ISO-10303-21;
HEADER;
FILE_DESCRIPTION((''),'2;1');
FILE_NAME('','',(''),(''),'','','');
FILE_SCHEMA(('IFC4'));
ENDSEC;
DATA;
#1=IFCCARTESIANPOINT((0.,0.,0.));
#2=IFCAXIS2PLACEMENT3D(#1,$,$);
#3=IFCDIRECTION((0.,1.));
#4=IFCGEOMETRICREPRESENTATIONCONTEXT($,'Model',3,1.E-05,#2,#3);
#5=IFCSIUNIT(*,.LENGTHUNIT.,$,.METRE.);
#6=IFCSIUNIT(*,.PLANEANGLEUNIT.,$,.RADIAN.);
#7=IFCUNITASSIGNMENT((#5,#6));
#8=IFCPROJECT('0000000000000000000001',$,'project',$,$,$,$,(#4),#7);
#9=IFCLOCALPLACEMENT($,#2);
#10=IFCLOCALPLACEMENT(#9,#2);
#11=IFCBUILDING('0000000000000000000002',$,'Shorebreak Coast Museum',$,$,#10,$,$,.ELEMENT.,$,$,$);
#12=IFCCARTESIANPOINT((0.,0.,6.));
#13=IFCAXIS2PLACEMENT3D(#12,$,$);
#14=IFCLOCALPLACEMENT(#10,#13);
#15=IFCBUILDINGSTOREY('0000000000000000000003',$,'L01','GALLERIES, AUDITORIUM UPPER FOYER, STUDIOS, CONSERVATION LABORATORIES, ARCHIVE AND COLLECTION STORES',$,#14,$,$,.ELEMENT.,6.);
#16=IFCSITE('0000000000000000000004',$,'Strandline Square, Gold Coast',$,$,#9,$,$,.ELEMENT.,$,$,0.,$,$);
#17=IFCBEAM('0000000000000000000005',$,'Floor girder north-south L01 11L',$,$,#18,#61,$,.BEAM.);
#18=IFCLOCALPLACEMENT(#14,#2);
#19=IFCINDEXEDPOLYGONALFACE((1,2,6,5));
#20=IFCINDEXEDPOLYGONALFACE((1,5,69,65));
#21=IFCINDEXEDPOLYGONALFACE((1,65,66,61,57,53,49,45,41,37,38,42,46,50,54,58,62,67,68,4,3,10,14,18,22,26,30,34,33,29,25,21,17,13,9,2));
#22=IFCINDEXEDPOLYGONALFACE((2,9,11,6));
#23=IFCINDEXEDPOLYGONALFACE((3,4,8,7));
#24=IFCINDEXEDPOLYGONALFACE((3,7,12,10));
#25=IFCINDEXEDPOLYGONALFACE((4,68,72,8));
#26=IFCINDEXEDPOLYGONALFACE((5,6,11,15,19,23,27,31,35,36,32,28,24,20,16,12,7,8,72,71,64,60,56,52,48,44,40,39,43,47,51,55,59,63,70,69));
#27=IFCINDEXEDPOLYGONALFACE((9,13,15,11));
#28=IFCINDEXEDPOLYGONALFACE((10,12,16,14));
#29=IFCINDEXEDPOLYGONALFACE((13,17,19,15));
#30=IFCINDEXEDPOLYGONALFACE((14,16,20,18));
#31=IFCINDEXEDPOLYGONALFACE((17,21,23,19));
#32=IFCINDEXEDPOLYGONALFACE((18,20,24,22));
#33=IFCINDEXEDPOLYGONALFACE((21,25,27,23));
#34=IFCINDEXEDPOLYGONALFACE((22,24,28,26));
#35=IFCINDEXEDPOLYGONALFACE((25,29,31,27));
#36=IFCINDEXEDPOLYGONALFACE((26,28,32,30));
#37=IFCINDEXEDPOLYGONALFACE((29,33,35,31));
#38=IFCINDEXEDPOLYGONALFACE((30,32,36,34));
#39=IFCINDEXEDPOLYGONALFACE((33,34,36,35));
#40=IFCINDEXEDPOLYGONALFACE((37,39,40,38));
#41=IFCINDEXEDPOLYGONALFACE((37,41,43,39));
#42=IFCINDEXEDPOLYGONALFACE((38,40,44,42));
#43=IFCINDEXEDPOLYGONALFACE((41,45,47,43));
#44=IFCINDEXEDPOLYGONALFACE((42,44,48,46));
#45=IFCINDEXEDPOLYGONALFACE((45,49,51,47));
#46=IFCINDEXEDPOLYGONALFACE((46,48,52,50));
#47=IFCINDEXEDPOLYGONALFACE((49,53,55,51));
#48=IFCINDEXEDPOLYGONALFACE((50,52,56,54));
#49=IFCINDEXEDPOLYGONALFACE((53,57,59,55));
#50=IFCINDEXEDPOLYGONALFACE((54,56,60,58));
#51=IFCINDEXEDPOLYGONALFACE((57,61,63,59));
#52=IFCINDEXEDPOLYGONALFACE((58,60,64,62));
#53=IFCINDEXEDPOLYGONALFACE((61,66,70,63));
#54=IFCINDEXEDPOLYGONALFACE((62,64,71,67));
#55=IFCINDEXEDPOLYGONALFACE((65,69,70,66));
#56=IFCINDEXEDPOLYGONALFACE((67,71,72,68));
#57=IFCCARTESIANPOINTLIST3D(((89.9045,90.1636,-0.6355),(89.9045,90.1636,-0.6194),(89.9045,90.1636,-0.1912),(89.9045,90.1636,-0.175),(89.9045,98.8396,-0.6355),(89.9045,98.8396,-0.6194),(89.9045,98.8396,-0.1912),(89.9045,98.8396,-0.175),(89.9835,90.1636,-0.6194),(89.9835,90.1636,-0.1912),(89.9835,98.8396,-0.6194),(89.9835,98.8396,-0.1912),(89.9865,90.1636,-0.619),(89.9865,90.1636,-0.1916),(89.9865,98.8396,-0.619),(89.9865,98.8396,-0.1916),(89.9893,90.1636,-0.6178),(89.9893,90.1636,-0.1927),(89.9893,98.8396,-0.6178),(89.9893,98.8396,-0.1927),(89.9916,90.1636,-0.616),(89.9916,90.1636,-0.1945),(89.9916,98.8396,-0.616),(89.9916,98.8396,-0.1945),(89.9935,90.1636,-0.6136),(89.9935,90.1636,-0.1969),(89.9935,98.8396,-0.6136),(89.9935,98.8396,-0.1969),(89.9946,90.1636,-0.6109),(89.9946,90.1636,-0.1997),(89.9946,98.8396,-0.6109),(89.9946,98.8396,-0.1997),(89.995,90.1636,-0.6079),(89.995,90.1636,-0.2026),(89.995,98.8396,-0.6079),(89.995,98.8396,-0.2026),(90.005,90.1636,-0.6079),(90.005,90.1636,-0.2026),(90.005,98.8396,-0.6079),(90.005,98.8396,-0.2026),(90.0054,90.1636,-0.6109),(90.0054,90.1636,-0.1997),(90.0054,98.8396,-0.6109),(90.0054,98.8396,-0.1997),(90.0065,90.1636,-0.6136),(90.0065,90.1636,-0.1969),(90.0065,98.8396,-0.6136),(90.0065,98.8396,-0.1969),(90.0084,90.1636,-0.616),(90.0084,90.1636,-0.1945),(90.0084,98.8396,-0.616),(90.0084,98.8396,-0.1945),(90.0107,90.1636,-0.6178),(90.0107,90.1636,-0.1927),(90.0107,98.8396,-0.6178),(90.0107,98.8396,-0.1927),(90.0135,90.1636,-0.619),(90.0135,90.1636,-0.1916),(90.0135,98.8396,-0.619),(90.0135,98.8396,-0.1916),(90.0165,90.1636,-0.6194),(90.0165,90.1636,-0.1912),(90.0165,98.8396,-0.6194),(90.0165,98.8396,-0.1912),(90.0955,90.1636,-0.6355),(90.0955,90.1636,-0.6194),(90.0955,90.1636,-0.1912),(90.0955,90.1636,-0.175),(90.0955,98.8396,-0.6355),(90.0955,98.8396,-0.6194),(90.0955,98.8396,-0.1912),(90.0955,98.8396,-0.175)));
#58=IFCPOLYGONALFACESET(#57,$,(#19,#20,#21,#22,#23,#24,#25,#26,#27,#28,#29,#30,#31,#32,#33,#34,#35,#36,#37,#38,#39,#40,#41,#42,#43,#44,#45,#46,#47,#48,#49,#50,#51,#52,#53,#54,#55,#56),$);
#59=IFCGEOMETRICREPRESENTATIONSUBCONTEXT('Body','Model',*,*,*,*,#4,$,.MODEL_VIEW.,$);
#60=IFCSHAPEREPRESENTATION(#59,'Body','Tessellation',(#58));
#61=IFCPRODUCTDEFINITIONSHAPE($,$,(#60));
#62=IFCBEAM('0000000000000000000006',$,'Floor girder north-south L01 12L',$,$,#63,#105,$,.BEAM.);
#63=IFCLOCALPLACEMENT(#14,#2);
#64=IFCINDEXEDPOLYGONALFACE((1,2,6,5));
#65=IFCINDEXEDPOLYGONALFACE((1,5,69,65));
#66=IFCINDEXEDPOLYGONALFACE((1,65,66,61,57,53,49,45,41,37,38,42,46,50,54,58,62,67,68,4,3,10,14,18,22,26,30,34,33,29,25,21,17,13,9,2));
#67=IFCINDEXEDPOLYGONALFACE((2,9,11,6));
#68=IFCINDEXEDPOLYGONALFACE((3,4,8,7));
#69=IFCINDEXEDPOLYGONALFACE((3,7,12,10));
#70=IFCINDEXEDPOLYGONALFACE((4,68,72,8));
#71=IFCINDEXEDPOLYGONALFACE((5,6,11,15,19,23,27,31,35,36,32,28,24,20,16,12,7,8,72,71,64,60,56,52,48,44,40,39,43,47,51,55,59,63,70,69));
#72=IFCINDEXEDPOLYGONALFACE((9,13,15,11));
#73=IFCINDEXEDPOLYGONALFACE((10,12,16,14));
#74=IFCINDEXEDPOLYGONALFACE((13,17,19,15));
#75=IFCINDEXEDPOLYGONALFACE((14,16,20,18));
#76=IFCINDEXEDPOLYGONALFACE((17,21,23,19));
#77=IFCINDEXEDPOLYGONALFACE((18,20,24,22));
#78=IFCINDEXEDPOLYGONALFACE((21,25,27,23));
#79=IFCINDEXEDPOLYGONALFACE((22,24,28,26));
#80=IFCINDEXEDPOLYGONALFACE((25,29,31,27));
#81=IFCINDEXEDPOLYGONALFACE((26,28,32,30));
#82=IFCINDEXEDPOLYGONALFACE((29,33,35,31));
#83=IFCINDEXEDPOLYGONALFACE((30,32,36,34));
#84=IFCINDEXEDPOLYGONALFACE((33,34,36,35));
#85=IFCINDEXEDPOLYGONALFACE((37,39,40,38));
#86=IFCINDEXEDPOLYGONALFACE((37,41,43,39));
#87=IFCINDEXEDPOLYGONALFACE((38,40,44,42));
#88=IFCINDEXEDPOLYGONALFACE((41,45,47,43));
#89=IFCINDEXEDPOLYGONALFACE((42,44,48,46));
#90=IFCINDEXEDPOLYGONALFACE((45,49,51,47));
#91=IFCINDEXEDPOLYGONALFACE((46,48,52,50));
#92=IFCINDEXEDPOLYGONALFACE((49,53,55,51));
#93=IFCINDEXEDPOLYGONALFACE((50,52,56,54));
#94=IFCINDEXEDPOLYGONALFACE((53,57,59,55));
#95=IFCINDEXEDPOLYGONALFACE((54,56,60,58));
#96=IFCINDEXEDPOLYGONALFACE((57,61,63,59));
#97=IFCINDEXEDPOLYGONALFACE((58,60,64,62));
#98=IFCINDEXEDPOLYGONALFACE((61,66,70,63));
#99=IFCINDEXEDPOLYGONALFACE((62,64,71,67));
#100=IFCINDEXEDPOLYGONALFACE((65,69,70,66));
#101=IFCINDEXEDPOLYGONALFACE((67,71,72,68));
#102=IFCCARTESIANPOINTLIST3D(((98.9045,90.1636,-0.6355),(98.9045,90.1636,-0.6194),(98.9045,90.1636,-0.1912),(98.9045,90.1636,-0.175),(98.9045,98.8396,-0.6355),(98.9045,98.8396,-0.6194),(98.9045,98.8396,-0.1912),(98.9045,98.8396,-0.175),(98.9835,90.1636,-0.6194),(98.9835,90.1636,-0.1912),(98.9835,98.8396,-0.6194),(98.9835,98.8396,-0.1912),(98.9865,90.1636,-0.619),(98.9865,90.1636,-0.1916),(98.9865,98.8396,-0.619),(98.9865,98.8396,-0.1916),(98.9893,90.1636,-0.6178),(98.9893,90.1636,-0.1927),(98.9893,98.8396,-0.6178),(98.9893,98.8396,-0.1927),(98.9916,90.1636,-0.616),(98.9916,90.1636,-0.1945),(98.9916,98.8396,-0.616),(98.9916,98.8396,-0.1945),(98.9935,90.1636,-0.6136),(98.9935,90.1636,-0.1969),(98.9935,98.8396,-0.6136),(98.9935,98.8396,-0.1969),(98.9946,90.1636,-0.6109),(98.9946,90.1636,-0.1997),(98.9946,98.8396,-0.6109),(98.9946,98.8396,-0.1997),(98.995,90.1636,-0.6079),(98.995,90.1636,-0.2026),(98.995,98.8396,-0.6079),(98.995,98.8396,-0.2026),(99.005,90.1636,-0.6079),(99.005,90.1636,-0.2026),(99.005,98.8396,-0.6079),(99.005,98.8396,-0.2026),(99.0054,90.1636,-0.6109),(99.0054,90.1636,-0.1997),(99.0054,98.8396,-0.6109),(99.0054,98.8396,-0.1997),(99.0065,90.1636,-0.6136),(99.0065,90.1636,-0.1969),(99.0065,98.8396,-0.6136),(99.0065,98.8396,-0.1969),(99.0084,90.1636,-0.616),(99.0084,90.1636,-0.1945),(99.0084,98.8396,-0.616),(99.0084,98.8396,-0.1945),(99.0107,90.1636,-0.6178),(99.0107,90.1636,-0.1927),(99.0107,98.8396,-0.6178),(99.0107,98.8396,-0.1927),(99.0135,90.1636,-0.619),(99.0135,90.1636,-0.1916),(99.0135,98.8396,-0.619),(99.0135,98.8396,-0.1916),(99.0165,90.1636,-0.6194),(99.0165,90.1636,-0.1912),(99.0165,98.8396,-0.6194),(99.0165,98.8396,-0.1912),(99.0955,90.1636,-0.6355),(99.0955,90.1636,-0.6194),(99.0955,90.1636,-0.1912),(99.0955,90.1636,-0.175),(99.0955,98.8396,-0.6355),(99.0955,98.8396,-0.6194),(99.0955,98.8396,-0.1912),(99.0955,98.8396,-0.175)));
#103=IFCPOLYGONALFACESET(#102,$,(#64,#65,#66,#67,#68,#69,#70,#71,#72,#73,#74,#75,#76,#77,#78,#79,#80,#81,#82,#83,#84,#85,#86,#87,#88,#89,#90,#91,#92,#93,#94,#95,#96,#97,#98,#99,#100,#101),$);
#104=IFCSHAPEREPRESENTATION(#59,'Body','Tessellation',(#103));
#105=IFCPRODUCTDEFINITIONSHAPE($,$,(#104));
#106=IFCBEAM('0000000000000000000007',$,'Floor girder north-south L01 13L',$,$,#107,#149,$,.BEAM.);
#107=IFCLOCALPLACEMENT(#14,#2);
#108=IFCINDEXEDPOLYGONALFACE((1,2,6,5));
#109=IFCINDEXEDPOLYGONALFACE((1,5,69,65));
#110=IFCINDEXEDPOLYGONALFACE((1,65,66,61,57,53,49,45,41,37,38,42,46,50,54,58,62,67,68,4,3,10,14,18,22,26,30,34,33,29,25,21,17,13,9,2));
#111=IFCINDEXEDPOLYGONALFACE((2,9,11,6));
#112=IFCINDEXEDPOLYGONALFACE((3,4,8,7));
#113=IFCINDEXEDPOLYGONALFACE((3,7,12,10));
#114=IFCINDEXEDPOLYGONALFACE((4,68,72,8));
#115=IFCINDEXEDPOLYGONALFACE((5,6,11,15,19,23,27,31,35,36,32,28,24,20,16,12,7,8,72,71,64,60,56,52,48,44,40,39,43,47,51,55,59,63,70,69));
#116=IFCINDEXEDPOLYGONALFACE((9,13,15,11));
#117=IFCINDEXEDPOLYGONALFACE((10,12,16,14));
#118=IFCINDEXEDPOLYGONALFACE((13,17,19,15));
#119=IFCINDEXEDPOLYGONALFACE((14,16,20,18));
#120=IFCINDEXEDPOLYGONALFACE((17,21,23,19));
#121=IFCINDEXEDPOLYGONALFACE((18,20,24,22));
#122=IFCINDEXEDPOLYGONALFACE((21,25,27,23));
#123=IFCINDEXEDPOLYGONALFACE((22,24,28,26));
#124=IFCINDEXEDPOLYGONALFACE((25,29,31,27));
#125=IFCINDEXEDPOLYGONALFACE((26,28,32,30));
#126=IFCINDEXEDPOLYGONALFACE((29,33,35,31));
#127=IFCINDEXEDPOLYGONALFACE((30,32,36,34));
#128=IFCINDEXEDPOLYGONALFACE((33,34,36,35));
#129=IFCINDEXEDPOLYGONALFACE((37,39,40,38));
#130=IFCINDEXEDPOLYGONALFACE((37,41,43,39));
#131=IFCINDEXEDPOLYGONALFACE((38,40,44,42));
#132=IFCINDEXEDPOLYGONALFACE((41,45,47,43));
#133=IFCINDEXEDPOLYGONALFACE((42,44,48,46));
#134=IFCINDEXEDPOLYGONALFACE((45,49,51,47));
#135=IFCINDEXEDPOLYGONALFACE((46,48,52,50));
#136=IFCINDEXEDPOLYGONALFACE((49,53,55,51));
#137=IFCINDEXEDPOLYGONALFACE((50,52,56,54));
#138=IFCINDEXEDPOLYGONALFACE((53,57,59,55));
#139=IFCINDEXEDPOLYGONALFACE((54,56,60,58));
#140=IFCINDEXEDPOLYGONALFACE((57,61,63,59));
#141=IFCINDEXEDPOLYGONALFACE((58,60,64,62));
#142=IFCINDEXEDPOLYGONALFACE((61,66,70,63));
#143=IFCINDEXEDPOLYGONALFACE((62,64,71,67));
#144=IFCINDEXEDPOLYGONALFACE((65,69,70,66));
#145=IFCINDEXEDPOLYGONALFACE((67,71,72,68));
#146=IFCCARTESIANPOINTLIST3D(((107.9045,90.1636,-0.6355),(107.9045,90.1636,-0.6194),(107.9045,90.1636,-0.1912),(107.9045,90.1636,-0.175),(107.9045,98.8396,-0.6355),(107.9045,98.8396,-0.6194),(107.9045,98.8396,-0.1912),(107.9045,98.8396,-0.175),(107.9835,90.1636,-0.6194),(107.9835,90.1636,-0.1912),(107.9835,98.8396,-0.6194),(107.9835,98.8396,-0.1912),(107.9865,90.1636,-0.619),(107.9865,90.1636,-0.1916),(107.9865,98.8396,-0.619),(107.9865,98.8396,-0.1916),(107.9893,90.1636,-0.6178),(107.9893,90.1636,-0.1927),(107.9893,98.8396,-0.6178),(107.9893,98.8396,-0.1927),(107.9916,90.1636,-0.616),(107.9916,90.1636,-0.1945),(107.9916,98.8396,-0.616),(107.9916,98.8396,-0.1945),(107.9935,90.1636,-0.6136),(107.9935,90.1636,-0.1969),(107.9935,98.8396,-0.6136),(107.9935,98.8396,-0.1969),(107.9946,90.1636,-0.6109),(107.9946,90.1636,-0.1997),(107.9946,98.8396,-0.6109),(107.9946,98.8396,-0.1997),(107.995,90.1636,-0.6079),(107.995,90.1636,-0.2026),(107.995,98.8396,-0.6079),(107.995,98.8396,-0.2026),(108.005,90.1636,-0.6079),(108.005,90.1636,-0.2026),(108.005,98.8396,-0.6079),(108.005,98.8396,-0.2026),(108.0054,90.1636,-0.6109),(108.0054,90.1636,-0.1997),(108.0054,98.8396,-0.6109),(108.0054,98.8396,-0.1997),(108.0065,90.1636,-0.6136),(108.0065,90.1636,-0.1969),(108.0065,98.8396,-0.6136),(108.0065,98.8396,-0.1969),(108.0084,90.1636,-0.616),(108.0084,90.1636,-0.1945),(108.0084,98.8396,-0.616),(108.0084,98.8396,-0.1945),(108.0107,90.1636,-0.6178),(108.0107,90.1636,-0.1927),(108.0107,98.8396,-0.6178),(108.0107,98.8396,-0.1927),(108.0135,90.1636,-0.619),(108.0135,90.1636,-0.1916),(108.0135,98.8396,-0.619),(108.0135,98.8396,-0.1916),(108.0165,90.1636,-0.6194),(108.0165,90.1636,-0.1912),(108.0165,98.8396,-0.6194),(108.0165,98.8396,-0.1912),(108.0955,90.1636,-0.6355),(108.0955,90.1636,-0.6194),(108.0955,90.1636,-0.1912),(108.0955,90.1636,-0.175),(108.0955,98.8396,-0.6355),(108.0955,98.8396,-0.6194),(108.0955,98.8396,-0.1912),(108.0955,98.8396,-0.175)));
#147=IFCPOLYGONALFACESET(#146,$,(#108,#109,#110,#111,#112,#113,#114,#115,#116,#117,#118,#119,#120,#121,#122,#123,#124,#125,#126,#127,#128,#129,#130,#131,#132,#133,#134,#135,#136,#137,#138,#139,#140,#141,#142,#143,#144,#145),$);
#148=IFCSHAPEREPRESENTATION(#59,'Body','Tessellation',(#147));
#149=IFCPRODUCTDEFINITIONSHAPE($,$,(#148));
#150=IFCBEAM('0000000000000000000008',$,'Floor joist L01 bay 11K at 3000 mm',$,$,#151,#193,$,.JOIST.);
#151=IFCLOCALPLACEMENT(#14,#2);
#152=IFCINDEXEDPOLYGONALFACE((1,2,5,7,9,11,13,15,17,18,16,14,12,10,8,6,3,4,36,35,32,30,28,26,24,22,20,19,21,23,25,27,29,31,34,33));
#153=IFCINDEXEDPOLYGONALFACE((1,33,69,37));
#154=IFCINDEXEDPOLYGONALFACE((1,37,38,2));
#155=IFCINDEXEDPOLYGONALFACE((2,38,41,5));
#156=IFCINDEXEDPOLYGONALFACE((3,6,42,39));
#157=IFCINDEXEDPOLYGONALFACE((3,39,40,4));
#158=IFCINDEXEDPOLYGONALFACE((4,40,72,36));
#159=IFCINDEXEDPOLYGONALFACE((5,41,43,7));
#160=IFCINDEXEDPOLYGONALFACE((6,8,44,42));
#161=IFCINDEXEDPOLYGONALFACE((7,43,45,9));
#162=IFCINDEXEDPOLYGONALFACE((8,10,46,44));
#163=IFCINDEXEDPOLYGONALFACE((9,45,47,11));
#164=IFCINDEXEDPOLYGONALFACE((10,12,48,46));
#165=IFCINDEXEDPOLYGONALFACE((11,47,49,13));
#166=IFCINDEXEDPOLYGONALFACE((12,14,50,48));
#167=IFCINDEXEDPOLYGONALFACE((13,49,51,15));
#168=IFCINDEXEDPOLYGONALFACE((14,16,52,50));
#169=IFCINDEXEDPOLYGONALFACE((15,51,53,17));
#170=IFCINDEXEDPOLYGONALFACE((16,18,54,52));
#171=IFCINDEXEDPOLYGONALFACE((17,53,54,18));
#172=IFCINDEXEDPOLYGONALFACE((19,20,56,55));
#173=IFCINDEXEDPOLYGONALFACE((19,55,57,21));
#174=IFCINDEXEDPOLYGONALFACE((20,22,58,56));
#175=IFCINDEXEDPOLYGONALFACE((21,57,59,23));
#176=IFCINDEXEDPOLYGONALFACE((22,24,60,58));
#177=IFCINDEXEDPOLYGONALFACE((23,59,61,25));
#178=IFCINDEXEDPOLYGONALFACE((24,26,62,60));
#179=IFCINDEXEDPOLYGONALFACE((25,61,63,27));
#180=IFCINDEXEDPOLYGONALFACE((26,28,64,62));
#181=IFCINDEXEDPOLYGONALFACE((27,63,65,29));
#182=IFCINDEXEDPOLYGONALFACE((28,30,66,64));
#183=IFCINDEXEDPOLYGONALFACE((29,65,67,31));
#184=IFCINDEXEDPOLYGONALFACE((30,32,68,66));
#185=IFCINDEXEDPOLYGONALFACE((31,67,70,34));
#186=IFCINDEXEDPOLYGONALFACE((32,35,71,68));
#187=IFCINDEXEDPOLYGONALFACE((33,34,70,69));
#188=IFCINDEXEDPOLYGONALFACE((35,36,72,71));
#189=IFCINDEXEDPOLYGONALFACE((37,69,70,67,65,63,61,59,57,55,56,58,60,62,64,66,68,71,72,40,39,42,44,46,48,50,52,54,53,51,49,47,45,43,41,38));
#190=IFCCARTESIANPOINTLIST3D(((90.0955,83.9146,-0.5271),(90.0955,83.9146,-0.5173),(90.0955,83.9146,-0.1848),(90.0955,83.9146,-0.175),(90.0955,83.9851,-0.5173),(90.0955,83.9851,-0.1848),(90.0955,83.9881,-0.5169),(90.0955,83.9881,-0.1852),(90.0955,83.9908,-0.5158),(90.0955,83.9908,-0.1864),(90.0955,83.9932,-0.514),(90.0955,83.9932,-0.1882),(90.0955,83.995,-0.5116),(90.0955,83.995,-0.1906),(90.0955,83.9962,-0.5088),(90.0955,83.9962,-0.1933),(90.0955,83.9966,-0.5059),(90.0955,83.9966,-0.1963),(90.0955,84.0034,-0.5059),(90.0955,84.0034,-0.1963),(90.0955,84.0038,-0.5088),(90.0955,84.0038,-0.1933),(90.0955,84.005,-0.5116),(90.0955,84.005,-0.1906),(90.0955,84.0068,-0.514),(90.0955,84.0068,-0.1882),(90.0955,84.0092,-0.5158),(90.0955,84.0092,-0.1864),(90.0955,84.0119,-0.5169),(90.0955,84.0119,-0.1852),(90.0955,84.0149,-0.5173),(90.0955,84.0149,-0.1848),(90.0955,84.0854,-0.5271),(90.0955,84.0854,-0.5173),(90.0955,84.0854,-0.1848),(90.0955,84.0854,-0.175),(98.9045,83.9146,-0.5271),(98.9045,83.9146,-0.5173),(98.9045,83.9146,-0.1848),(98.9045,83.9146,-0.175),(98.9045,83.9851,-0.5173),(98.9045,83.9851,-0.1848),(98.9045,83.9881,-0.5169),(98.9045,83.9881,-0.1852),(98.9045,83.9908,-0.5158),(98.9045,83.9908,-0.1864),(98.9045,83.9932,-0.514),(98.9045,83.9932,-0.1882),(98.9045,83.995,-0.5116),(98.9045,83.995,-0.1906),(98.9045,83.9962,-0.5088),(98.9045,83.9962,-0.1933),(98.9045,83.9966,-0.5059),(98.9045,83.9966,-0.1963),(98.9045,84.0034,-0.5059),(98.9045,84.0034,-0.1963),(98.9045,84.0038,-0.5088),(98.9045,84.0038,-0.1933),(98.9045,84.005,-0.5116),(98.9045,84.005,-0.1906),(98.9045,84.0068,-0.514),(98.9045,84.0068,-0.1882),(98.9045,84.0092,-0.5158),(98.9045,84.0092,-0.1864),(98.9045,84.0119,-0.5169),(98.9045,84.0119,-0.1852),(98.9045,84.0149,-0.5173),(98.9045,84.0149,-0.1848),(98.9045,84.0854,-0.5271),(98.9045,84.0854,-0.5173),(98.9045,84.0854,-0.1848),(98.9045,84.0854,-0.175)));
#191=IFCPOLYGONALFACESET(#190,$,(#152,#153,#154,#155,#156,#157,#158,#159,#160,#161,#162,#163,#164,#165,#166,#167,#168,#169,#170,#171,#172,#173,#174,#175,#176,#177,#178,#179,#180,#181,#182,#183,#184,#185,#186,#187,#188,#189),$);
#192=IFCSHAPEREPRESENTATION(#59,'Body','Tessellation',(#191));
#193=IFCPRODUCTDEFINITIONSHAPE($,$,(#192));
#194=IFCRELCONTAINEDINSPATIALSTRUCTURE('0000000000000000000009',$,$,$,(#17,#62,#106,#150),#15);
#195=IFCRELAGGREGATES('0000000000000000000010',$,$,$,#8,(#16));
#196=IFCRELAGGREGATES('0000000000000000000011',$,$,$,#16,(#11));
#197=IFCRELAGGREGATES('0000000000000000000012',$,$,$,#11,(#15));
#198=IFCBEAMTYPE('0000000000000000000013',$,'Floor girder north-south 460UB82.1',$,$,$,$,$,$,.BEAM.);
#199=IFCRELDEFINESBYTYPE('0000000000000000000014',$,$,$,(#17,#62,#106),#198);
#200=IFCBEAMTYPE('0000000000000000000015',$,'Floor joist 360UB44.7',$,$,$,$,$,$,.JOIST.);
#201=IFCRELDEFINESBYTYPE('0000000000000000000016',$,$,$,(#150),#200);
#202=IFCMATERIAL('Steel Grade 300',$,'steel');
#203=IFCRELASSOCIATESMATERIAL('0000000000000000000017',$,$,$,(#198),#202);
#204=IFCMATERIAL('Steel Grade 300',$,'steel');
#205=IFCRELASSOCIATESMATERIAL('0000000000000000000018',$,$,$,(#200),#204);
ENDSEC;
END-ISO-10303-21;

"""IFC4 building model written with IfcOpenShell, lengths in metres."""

from ifc_helpers import new_model, si_unit, direction, frame, origin, origin_2d, place, context, subcontext, project, spatial, i_section, extrude, material, material_profile, profile_set, type_object, element, save


model = new_model("IFC4")

# Units and contexts
model_context = context("Model", 3, precision=1e-05, world=origin(), true_north=direction((0.0, 1.0)))
body_context = subcontext(model_context, "Body", "Model", "MODEL_VIEW")
ifc_project = project(units=[si_unit("LENGTHUNIT", "METRE"), si_unit("PLANEANGLEUNIT", "RADIAN")], contexts=[model_context])

# Site, building, storey
site_placement = place(None, origin())
site = spatial("IfcSite", under=ifc_project, at=site_placement, Name="Strandline Square, Gold Coast", CompositionType="ELEMENT", RefElevation=0.0)
building_placement = place(site_placement, origin())
building = spatial("IfcBuilding", under=site, at=building_placement, Name="Shorebreak Coast Museum", CompositionType="ELEMENT")
storey_placement = place(building_placement, frame((0.0, 0.0, 6.0)))
storey = spatial("IfcBuildingStorey", under=building, at=storey_placement, Name="L01", Description="GALLERIES, AUDITORIUM UPPER FOYER, STUDIOS, CONSERVATION LABORATORIES, ARCHIVE AND COLLECTION STORES", CompositionType="ELEMENT", Elevation=6.0)

# Beams
ifc_material_1 = material(Name="Steel Grade 300", Category="steel")
ifc_material_profile_1 = material_profile(ifc_material_1, i_section(OverallWidth=0.1909, OverallDepth=0.4604, WebThickness=0.01, FlangeThickness=0.0161, FilletRadius=0.0115, at=origin_2d()), Name="460UB82.1")
ifc_profile_set_1 = profile_set([ifc_material_profile_1], Name="Steel Grade 300")
beam_type_1 = type_object("IfcBeamType", Name="Floor girder north-south 460UB82.1", PredefinedType="BEAM", material=ifc_profile_set_1)
for number, where, z_axis, x_axis, name in (
    (1, (90.0, 90.1636, -0.4053), (0.0, 1.0, 0.0), (-1.0, 0.0, 0.0), "Floor girder north-south L01 11L"),
    (2, (99.0, 90.1636, -0.4053), (0.0, 1.0, 0.0), (-1.0, 0.0, 0.0), "Floor girder north-south L01 12L"),
    (3, (108.0, 90.1636, -0.4053), (0.0, 1.0, 0.0), (-1.0, 0.0, 0.0), "Floor girder north-south L01 13L"),
):
    element("IfcBeam", number, at=place(storey_placement, frame(where, z_axis=z_axis, x_axis=x_axis)), inside=storey, type_object=beam_type_1, Name=name, PredefinedType="BEAM", context=body_context, shape_type="SweptSolid", body=[
        extrude(i_section(OverallWidth=0.1909, OverallDepth=0.4604, WebThickness=0.01, FlangeThickness=0.0161, FilletRadius=0.0115, at=origin_2d()), origin(), (0.0, 0.0, 1.0), 8.676),
    ])
ifc_material_2 = material(Name="Steel Grade 300", Category="steel")
ifc_material_profile_2 = material_profile(ifc_material_2, i_section(OverallWidth=0.1709, OverallDepth=0.3521, WebThickness=0.0068, FlangeThickness=0.0098, FilletRadius=0.0115, at=origin_2d()), Name="360UB44.7")
ifc_profile_set_2 = profile_set([ifc_material_profile_2], Name="Steel Grade 300")
beam_type_2 = type_object("IfcBeamType", Name="Floor joist 360UB44.7", PredefinedType="JOIST", material=ifc_profile_set_2)
for number, where, z_axis, x_axis, name in (
    (4, (90.0955, 84.0, -0.3511), (1.0, 0.0, 0.0), (0.0, 1.0, 0.0), "Floor joist L01 bay 11K at 3000 mm"),
):
    element("IfcBeam", number, at=place(storey_placement, frame(where, z_axis=z_axis, x_axis=x_axis)), inside=storey, type_object=beam_type_2, Name=name, PredefinedType="JOIST", context=body_context, shape_type="SweptSolid", body=[
        extrude(i_section(OverallWidth=0.1709, OverallDepth=0.3521, WebThickness=0.0068, FlangeThickness=0.0098, FilletRadius=0.0115, at=origin_2d()), origin(), (0.0, 0.0, 1.0), 8.8091),
    ])

save(model, "model.ifc")
